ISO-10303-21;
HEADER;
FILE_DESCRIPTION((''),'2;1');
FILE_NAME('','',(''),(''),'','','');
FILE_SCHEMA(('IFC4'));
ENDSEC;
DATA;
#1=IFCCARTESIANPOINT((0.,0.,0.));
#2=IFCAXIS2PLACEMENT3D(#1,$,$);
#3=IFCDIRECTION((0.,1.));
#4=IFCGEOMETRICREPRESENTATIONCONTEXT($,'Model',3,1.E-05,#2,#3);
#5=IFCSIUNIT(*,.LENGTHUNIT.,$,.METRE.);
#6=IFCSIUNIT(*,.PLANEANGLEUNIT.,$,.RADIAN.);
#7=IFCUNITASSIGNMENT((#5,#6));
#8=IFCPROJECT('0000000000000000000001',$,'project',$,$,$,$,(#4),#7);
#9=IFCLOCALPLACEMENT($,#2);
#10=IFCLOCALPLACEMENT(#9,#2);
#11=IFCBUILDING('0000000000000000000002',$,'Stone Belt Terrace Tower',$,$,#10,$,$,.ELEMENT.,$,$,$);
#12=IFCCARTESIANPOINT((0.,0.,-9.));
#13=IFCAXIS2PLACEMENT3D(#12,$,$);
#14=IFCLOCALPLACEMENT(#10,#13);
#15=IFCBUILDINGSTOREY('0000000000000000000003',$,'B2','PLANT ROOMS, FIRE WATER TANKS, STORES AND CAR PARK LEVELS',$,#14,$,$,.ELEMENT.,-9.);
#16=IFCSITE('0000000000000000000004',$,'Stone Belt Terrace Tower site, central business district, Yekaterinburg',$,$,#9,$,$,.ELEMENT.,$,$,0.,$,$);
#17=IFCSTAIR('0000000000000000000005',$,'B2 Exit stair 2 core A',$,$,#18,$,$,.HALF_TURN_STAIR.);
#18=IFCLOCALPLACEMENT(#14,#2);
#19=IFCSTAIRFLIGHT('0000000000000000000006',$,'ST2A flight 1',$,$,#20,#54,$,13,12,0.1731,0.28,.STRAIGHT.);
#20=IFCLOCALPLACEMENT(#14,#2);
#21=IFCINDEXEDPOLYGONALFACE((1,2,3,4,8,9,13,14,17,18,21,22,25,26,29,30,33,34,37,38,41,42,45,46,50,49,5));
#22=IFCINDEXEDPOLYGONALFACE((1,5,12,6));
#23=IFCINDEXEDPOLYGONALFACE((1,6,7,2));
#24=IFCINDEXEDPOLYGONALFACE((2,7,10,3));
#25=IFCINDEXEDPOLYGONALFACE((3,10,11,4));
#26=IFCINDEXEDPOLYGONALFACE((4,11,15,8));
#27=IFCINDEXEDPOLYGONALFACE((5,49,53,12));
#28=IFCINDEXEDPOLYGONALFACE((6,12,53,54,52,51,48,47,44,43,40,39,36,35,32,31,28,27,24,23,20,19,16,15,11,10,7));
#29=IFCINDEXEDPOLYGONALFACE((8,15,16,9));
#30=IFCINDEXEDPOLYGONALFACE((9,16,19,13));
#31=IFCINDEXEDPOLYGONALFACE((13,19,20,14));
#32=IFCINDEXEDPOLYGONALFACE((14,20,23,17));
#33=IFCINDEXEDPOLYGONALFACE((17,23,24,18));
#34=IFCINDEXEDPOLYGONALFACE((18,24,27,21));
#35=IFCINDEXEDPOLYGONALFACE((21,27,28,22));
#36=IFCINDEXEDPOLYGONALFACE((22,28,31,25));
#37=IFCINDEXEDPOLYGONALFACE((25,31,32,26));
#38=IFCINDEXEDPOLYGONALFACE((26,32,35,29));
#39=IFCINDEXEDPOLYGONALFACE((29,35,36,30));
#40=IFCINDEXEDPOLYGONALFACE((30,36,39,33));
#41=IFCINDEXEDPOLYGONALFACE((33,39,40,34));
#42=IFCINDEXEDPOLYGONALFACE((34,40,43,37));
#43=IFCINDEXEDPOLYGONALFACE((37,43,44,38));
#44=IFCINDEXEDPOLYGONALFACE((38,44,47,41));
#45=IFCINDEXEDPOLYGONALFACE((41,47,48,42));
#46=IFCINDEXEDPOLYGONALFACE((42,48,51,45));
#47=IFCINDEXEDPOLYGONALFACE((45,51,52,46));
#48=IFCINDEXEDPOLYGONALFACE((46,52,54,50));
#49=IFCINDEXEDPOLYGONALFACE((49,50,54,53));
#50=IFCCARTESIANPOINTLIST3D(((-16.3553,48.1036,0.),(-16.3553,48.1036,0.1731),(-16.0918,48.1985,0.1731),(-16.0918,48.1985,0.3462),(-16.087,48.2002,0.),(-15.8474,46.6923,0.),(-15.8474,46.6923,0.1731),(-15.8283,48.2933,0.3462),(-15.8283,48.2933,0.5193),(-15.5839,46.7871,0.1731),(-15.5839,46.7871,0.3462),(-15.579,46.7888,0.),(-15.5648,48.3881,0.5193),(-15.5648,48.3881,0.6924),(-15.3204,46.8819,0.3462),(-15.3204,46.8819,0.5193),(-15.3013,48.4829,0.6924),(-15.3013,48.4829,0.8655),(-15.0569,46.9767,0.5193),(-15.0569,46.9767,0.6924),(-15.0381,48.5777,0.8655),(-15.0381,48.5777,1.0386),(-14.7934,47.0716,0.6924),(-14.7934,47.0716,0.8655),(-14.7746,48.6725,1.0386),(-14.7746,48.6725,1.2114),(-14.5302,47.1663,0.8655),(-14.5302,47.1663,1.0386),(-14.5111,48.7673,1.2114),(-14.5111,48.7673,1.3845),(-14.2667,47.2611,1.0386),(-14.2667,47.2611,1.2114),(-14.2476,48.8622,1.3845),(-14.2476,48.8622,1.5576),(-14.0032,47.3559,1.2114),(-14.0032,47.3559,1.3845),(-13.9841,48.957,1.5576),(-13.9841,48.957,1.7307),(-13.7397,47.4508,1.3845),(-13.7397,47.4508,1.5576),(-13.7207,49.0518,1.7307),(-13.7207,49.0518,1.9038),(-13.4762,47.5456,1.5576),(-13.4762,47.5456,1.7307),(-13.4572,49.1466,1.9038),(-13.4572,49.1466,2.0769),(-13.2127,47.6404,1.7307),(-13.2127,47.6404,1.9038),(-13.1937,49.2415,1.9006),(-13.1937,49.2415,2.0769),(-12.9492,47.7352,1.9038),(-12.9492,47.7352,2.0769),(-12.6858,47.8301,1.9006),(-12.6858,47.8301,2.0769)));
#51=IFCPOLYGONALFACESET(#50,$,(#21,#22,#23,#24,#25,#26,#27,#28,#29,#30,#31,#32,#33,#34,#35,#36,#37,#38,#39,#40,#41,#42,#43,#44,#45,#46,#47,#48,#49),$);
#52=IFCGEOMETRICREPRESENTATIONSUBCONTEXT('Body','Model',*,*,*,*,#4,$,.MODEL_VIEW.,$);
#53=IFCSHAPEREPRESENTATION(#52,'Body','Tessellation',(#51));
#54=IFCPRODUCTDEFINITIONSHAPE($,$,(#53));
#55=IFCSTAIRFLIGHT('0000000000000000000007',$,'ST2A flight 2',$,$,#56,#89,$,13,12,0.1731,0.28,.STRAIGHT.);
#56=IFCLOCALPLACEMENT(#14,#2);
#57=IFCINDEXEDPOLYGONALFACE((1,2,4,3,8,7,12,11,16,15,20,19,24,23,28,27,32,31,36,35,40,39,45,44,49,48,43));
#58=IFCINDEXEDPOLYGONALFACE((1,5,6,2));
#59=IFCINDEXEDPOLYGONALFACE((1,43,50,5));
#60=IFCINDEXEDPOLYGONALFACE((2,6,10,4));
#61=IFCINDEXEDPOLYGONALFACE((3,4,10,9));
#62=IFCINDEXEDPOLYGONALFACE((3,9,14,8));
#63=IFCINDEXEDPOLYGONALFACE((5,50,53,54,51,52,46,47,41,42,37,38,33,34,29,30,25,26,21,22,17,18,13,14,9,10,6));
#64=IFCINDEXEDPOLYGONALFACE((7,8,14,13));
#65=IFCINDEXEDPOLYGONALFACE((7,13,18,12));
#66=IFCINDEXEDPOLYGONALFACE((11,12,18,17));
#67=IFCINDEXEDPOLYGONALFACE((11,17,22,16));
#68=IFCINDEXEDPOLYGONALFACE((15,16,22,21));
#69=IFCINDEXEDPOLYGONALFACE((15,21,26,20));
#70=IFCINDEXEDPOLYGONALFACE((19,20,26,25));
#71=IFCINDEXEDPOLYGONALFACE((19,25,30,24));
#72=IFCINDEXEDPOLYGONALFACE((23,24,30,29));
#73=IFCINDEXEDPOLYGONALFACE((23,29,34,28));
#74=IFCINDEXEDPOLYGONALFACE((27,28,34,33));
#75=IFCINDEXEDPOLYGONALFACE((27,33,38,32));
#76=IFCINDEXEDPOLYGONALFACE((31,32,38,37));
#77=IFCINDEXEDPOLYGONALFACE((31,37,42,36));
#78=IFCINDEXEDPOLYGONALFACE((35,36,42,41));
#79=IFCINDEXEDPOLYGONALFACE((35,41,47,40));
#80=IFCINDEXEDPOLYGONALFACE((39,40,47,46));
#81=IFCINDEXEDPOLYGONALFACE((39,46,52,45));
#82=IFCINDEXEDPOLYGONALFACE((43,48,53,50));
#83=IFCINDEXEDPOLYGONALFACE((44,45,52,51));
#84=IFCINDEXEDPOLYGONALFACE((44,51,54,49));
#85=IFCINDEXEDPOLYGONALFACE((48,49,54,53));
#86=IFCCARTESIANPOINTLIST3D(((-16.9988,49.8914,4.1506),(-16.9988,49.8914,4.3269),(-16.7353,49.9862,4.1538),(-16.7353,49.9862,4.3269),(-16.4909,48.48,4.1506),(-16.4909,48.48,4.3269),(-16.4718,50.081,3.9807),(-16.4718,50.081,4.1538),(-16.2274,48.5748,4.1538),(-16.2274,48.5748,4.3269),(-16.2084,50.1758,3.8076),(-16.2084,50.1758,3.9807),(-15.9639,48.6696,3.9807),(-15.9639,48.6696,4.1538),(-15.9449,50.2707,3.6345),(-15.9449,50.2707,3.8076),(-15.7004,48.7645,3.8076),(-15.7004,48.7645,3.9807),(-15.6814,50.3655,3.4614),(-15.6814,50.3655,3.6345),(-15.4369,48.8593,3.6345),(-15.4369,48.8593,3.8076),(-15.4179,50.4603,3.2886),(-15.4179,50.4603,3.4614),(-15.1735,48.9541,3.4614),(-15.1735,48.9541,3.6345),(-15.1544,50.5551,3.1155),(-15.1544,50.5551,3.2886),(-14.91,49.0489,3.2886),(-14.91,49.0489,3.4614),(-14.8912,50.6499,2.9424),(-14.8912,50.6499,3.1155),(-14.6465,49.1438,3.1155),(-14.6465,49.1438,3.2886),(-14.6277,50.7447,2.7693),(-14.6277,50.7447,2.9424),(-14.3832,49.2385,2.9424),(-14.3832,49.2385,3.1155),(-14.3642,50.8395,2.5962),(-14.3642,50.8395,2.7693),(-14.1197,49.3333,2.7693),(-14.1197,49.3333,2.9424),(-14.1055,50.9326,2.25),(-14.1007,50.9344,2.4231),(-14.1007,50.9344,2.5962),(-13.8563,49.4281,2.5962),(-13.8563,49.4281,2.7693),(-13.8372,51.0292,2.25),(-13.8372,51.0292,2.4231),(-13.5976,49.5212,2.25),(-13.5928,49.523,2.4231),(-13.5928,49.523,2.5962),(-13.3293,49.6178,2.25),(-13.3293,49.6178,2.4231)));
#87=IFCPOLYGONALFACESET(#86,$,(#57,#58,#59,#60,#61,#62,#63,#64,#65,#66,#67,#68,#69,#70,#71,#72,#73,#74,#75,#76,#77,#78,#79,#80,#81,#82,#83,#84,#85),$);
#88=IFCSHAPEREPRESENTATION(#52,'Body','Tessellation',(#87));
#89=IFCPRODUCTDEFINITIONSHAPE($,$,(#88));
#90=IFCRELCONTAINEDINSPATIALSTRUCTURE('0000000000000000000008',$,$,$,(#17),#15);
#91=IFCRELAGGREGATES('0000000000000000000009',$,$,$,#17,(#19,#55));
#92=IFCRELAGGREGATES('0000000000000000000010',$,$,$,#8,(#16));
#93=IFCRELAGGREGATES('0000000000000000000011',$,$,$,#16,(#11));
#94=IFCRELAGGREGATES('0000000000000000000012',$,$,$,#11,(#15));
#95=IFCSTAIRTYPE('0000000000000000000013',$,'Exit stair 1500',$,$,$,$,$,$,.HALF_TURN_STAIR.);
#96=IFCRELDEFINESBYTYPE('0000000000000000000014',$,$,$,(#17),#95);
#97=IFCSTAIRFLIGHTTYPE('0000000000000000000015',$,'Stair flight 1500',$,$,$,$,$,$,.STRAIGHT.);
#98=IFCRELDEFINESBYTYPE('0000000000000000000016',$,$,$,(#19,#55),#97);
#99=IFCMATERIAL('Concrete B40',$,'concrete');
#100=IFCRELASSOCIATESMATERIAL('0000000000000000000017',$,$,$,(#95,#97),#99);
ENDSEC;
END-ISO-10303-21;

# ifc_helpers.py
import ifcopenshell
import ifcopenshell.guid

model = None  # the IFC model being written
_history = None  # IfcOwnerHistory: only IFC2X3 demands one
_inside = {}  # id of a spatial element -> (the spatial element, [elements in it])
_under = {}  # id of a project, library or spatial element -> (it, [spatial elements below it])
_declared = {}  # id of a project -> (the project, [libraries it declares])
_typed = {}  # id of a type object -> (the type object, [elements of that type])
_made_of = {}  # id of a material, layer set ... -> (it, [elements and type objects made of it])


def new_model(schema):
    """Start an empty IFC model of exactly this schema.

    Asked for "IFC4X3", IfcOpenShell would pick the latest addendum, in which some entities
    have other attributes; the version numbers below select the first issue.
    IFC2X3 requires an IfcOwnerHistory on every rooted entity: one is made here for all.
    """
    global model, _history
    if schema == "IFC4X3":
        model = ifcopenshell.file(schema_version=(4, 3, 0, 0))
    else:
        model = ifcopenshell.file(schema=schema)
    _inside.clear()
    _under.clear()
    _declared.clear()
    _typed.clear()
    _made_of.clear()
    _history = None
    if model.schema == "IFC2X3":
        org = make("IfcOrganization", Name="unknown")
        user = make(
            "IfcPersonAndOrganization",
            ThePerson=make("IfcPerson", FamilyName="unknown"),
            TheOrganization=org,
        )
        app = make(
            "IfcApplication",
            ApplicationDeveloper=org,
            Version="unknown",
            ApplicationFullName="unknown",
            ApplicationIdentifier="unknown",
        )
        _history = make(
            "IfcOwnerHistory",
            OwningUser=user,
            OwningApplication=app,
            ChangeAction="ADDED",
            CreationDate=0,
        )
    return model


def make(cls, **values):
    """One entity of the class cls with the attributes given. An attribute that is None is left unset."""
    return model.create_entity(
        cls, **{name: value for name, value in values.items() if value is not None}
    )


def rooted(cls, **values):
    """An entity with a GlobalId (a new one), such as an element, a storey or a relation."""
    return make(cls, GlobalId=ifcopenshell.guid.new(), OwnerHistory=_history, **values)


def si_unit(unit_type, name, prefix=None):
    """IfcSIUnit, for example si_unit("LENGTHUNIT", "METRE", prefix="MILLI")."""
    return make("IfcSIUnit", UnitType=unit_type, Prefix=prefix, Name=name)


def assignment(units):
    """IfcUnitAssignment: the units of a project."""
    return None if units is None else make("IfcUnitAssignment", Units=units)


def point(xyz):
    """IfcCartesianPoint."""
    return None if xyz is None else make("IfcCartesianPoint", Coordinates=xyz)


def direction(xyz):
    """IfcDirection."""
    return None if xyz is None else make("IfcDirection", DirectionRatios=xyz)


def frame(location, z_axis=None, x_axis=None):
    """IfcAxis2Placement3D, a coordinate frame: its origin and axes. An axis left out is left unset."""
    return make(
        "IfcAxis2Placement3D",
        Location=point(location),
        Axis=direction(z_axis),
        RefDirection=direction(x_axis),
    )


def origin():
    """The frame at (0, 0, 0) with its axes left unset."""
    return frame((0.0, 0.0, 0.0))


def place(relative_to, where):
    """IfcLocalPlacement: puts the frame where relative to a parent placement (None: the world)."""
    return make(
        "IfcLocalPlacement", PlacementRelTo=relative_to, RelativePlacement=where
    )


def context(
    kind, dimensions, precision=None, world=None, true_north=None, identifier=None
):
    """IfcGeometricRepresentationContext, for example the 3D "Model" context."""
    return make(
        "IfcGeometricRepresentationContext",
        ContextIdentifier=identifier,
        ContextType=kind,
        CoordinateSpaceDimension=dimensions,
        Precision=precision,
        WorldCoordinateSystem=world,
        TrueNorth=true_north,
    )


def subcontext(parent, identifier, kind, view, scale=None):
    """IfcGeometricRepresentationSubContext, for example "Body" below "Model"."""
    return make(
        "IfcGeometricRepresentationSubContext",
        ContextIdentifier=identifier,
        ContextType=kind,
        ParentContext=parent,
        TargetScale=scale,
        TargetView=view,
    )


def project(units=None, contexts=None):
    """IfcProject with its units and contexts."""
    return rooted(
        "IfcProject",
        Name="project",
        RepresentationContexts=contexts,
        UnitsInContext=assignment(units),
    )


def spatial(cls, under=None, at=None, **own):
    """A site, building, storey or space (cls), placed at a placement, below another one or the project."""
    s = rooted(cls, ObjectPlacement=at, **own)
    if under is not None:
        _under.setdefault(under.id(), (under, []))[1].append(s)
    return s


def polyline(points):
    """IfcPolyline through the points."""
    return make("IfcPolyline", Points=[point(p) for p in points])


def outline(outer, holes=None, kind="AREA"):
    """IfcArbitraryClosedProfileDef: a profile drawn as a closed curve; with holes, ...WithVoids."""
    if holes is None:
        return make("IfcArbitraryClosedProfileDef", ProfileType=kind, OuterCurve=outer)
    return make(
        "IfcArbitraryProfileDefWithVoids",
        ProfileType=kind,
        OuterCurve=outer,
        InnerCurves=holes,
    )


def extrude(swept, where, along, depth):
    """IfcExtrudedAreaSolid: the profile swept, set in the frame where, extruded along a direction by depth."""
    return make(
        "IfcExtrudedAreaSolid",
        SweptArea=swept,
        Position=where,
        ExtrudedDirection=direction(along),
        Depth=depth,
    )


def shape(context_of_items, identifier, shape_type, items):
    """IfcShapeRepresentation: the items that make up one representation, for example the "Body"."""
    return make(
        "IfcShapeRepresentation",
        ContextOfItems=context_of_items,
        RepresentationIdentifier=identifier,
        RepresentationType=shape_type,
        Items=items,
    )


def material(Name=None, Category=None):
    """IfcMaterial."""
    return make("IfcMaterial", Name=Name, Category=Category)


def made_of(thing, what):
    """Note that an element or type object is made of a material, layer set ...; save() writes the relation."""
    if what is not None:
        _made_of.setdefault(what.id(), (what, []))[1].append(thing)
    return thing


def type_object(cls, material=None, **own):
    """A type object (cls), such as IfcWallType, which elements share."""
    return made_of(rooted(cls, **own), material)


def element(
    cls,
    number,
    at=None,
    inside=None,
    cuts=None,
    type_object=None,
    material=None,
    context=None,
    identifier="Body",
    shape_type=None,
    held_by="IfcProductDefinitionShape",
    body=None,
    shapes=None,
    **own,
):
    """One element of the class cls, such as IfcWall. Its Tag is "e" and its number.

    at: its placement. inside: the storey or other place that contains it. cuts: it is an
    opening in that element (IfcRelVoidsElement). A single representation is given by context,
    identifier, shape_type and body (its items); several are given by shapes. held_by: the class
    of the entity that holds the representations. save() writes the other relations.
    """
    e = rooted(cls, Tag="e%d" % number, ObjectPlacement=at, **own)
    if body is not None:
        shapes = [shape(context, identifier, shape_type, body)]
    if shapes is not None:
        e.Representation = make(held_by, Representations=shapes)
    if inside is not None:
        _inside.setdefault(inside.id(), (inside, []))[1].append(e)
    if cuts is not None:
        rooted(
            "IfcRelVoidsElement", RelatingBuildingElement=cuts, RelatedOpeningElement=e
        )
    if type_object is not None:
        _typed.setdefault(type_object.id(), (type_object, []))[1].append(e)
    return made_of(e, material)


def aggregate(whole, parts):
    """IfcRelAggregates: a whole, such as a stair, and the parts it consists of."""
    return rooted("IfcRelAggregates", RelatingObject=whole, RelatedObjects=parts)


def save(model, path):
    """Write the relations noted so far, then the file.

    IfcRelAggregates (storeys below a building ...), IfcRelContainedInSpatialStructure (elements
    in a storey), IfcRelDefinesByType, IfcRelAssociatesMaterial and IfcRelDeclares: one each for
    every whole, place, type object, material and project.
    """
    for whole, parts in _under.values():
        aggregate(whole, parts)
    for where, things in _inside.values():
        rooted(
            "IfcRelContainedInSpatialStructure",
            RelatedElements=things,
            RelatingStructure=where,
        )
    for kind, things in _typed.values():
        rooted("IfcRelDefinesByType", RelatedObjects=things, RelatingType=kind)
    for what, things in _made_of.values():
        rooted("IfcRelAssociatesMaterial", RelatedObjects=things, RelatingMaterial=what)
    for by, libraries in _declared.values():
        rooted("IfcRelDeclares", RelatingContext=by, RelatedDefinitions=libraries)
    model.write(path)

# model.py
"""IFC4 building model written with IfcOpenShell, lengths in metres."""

from ifc_helpers import new_model, si_unit, direction, frame, origin, place, context, subcontext, project, spatial, polyline, outline, extrude, material, type_object, element, aggregate, save


model = new_model("IFC4")

# Units and contexts
model_context = context("Model", 3, precision=1e-05, world=origin(), true_north=direction((0.0, 1.0)))
body_context = subcontext(model_context, "Body", "Model", "MODEL_VIEW")
ifc_project = project(units=[si_unit("LENGTHUNIT", "METRE"), si_unit("PLANEANGLEUNIT", "RADIAN")], contexts=[model_context])

# Site, building, storey
site_placement = place(None, origin())
site = spatial("IfcSite", under=ifc_project, at=site_placement, Name="Stone Belt Terrace Tower site, central business district, Yekaterinburg", CompositionType="ELEMENT", RefElevation=0.0)
building_placement = place(site_placement, origin())
building = spatial("IfcBuilding", under=site, at=building_placement, Name="Stone Belt Terrace Tower", CompositionType="ELEMENT")
storey_placement = place(building_placement, frame((0.0, 0.0, -9.0)))
storey = spatial("IfcBuildingStorey", under=building, at=storey_placement, Name="B2", Description="PLANT ROOMS, FIRE WATER TANKS, STORES AND CAR PARK LEVELS", CompositionType="ELEMENT", Elevation=-9.0)

# Shared definitions
ifc_material_1 = material(Name="Concrete B40", Category="concrete")
stair_type = type_object("IfcStairType", Name="Exit stair 1500", PredefinedType="HALF_TURN_STAIR", material=ifc_material_1)
stair_flight_type = type_object("IfcStairFlightType", Name="Stair flight 1500", PredefinedType="STRAIGHT", material=ifc_material_1)

# Stair, stair flights
stair_1_placement = place(storey_placement, origin())
stair_1 = element("IfcStair", 1, at=stair_1_placement, inside=storey, type_object=stair_type, Name="B2 Exit stair 2 core A", PredefinedType="HALF_TURN_STAIR")
stair_flight_1_placement = place(storey_placement, frame((-16.1013, 47.3979, 0.0), z_axis=(0.0, 0.0, 1.0), x_axis=(0.940922, 0.338624, 0.0)))
stair_flight_1 = element("IfcStairFlight", 2, at=stair_flight_1_placement, type_object=stair_flight_type, Name="ST2A flight 1", NumberOfRisers=13, NumberOfTreads=12, PredefinedType="STRAIGHT", RiserHeight=0.1731, TreadLength=0.28, context=body_context, shape_type="SweptSolid", body=[
    extrude(outline(polyline([(0.0, 0.0), (0.0, 0.1731), (0.28, 0.1731), (0.28, 0.3462), (0.5601, 0.3462), (0.5601, 0.5193), (0.8401, 0.5193), (0.8401, 0.6924), (1.1201, 0.6924), (1.1201, 0.8655), (1.3999, 0.8655), (1.3999, 1.0386), (1.6799, 1.0386), (1.6799, 1.2114), (1.96, 1.2114), (1.96, 1.3845), (2.24, 1.3845), (2.24, 1.5576), (2.52, 1.5576), (2.52, 1.7307), (2.8, 1.7307), (2.8, 1.9038), (3.0801, 1.9038), (3.0801, 2.0769), (3.3601, 2.0769), (3.3601, 2.25), (3.3601, 1.9006), (0.2852, 0.0), (0.0, 0.0)])), frame((0.0, 0.75, 0.0), z_axis=(0.0, -1.0, 0.0), x_axis=(1.0, 0.0, 0.0)), (0.0, 0.0, 1.0), 1.5),
])
stair_flight_2_placement = place(storey_placement, frame((-13.5833, 50.3235, 2.25), z_axis=(0.0, 0.0, 1.0), x_axis=(-0.940922, -0.338624, 0.0)))
stair_flight_2 = element("IfcStairFlight", 3, at=stair_flight_2_placement, type_object=stair_flight_type, Name="ST2A flight 2", NumberOfRisers=13, NumberOfTreads=12, PredefinedType="STRAIGHT", RiserHeight=0.1731, TreadLength=0.28, context=body_context, shape_type="SweptSolid", body=[
    extrude(outline(polyline([(0.0, 0.0), (0.0, 0.1731), (0.28, 0.1731), (0.28, 0.3462), (0.5601, 0.3462), (0.5601, 0.5193), (0.8401, 0.5193), (0.8401, 0.6924), (1.1201, 0.6924), (1.1201, 0.8655), (1.3999, 0.8655), (1.3999, 1.0386), (1.6799, 1.0386), (1.6799, 1.2114), (1.96, 1.2114), (1.96, 1.3845), (2.24, 1.3845), (2.24, 1.5576), (2.52, 1.5576), (2.52, 1.7307), (2.8, 1.7307), (2.8, 1.9038), (3.0801, 1.9038), (3.0801, 2.0769), (3.3601, 2.0769), (3.3601, 2.25), (3.3601, 1.9006), (0.2852, 0.0), (0.0, 0.0)])), frame((0.0, 0.75, 0.0), z_axis=(0.0, -1.0, 0.0), x_axis=(1.0, 0.0, 0.0)), (0.0, 0.0, 1.0), 1.5),
])
aggregate(stair_1, [stair_flight_1, stair_flight_2])

save(model, "model.ifc")
